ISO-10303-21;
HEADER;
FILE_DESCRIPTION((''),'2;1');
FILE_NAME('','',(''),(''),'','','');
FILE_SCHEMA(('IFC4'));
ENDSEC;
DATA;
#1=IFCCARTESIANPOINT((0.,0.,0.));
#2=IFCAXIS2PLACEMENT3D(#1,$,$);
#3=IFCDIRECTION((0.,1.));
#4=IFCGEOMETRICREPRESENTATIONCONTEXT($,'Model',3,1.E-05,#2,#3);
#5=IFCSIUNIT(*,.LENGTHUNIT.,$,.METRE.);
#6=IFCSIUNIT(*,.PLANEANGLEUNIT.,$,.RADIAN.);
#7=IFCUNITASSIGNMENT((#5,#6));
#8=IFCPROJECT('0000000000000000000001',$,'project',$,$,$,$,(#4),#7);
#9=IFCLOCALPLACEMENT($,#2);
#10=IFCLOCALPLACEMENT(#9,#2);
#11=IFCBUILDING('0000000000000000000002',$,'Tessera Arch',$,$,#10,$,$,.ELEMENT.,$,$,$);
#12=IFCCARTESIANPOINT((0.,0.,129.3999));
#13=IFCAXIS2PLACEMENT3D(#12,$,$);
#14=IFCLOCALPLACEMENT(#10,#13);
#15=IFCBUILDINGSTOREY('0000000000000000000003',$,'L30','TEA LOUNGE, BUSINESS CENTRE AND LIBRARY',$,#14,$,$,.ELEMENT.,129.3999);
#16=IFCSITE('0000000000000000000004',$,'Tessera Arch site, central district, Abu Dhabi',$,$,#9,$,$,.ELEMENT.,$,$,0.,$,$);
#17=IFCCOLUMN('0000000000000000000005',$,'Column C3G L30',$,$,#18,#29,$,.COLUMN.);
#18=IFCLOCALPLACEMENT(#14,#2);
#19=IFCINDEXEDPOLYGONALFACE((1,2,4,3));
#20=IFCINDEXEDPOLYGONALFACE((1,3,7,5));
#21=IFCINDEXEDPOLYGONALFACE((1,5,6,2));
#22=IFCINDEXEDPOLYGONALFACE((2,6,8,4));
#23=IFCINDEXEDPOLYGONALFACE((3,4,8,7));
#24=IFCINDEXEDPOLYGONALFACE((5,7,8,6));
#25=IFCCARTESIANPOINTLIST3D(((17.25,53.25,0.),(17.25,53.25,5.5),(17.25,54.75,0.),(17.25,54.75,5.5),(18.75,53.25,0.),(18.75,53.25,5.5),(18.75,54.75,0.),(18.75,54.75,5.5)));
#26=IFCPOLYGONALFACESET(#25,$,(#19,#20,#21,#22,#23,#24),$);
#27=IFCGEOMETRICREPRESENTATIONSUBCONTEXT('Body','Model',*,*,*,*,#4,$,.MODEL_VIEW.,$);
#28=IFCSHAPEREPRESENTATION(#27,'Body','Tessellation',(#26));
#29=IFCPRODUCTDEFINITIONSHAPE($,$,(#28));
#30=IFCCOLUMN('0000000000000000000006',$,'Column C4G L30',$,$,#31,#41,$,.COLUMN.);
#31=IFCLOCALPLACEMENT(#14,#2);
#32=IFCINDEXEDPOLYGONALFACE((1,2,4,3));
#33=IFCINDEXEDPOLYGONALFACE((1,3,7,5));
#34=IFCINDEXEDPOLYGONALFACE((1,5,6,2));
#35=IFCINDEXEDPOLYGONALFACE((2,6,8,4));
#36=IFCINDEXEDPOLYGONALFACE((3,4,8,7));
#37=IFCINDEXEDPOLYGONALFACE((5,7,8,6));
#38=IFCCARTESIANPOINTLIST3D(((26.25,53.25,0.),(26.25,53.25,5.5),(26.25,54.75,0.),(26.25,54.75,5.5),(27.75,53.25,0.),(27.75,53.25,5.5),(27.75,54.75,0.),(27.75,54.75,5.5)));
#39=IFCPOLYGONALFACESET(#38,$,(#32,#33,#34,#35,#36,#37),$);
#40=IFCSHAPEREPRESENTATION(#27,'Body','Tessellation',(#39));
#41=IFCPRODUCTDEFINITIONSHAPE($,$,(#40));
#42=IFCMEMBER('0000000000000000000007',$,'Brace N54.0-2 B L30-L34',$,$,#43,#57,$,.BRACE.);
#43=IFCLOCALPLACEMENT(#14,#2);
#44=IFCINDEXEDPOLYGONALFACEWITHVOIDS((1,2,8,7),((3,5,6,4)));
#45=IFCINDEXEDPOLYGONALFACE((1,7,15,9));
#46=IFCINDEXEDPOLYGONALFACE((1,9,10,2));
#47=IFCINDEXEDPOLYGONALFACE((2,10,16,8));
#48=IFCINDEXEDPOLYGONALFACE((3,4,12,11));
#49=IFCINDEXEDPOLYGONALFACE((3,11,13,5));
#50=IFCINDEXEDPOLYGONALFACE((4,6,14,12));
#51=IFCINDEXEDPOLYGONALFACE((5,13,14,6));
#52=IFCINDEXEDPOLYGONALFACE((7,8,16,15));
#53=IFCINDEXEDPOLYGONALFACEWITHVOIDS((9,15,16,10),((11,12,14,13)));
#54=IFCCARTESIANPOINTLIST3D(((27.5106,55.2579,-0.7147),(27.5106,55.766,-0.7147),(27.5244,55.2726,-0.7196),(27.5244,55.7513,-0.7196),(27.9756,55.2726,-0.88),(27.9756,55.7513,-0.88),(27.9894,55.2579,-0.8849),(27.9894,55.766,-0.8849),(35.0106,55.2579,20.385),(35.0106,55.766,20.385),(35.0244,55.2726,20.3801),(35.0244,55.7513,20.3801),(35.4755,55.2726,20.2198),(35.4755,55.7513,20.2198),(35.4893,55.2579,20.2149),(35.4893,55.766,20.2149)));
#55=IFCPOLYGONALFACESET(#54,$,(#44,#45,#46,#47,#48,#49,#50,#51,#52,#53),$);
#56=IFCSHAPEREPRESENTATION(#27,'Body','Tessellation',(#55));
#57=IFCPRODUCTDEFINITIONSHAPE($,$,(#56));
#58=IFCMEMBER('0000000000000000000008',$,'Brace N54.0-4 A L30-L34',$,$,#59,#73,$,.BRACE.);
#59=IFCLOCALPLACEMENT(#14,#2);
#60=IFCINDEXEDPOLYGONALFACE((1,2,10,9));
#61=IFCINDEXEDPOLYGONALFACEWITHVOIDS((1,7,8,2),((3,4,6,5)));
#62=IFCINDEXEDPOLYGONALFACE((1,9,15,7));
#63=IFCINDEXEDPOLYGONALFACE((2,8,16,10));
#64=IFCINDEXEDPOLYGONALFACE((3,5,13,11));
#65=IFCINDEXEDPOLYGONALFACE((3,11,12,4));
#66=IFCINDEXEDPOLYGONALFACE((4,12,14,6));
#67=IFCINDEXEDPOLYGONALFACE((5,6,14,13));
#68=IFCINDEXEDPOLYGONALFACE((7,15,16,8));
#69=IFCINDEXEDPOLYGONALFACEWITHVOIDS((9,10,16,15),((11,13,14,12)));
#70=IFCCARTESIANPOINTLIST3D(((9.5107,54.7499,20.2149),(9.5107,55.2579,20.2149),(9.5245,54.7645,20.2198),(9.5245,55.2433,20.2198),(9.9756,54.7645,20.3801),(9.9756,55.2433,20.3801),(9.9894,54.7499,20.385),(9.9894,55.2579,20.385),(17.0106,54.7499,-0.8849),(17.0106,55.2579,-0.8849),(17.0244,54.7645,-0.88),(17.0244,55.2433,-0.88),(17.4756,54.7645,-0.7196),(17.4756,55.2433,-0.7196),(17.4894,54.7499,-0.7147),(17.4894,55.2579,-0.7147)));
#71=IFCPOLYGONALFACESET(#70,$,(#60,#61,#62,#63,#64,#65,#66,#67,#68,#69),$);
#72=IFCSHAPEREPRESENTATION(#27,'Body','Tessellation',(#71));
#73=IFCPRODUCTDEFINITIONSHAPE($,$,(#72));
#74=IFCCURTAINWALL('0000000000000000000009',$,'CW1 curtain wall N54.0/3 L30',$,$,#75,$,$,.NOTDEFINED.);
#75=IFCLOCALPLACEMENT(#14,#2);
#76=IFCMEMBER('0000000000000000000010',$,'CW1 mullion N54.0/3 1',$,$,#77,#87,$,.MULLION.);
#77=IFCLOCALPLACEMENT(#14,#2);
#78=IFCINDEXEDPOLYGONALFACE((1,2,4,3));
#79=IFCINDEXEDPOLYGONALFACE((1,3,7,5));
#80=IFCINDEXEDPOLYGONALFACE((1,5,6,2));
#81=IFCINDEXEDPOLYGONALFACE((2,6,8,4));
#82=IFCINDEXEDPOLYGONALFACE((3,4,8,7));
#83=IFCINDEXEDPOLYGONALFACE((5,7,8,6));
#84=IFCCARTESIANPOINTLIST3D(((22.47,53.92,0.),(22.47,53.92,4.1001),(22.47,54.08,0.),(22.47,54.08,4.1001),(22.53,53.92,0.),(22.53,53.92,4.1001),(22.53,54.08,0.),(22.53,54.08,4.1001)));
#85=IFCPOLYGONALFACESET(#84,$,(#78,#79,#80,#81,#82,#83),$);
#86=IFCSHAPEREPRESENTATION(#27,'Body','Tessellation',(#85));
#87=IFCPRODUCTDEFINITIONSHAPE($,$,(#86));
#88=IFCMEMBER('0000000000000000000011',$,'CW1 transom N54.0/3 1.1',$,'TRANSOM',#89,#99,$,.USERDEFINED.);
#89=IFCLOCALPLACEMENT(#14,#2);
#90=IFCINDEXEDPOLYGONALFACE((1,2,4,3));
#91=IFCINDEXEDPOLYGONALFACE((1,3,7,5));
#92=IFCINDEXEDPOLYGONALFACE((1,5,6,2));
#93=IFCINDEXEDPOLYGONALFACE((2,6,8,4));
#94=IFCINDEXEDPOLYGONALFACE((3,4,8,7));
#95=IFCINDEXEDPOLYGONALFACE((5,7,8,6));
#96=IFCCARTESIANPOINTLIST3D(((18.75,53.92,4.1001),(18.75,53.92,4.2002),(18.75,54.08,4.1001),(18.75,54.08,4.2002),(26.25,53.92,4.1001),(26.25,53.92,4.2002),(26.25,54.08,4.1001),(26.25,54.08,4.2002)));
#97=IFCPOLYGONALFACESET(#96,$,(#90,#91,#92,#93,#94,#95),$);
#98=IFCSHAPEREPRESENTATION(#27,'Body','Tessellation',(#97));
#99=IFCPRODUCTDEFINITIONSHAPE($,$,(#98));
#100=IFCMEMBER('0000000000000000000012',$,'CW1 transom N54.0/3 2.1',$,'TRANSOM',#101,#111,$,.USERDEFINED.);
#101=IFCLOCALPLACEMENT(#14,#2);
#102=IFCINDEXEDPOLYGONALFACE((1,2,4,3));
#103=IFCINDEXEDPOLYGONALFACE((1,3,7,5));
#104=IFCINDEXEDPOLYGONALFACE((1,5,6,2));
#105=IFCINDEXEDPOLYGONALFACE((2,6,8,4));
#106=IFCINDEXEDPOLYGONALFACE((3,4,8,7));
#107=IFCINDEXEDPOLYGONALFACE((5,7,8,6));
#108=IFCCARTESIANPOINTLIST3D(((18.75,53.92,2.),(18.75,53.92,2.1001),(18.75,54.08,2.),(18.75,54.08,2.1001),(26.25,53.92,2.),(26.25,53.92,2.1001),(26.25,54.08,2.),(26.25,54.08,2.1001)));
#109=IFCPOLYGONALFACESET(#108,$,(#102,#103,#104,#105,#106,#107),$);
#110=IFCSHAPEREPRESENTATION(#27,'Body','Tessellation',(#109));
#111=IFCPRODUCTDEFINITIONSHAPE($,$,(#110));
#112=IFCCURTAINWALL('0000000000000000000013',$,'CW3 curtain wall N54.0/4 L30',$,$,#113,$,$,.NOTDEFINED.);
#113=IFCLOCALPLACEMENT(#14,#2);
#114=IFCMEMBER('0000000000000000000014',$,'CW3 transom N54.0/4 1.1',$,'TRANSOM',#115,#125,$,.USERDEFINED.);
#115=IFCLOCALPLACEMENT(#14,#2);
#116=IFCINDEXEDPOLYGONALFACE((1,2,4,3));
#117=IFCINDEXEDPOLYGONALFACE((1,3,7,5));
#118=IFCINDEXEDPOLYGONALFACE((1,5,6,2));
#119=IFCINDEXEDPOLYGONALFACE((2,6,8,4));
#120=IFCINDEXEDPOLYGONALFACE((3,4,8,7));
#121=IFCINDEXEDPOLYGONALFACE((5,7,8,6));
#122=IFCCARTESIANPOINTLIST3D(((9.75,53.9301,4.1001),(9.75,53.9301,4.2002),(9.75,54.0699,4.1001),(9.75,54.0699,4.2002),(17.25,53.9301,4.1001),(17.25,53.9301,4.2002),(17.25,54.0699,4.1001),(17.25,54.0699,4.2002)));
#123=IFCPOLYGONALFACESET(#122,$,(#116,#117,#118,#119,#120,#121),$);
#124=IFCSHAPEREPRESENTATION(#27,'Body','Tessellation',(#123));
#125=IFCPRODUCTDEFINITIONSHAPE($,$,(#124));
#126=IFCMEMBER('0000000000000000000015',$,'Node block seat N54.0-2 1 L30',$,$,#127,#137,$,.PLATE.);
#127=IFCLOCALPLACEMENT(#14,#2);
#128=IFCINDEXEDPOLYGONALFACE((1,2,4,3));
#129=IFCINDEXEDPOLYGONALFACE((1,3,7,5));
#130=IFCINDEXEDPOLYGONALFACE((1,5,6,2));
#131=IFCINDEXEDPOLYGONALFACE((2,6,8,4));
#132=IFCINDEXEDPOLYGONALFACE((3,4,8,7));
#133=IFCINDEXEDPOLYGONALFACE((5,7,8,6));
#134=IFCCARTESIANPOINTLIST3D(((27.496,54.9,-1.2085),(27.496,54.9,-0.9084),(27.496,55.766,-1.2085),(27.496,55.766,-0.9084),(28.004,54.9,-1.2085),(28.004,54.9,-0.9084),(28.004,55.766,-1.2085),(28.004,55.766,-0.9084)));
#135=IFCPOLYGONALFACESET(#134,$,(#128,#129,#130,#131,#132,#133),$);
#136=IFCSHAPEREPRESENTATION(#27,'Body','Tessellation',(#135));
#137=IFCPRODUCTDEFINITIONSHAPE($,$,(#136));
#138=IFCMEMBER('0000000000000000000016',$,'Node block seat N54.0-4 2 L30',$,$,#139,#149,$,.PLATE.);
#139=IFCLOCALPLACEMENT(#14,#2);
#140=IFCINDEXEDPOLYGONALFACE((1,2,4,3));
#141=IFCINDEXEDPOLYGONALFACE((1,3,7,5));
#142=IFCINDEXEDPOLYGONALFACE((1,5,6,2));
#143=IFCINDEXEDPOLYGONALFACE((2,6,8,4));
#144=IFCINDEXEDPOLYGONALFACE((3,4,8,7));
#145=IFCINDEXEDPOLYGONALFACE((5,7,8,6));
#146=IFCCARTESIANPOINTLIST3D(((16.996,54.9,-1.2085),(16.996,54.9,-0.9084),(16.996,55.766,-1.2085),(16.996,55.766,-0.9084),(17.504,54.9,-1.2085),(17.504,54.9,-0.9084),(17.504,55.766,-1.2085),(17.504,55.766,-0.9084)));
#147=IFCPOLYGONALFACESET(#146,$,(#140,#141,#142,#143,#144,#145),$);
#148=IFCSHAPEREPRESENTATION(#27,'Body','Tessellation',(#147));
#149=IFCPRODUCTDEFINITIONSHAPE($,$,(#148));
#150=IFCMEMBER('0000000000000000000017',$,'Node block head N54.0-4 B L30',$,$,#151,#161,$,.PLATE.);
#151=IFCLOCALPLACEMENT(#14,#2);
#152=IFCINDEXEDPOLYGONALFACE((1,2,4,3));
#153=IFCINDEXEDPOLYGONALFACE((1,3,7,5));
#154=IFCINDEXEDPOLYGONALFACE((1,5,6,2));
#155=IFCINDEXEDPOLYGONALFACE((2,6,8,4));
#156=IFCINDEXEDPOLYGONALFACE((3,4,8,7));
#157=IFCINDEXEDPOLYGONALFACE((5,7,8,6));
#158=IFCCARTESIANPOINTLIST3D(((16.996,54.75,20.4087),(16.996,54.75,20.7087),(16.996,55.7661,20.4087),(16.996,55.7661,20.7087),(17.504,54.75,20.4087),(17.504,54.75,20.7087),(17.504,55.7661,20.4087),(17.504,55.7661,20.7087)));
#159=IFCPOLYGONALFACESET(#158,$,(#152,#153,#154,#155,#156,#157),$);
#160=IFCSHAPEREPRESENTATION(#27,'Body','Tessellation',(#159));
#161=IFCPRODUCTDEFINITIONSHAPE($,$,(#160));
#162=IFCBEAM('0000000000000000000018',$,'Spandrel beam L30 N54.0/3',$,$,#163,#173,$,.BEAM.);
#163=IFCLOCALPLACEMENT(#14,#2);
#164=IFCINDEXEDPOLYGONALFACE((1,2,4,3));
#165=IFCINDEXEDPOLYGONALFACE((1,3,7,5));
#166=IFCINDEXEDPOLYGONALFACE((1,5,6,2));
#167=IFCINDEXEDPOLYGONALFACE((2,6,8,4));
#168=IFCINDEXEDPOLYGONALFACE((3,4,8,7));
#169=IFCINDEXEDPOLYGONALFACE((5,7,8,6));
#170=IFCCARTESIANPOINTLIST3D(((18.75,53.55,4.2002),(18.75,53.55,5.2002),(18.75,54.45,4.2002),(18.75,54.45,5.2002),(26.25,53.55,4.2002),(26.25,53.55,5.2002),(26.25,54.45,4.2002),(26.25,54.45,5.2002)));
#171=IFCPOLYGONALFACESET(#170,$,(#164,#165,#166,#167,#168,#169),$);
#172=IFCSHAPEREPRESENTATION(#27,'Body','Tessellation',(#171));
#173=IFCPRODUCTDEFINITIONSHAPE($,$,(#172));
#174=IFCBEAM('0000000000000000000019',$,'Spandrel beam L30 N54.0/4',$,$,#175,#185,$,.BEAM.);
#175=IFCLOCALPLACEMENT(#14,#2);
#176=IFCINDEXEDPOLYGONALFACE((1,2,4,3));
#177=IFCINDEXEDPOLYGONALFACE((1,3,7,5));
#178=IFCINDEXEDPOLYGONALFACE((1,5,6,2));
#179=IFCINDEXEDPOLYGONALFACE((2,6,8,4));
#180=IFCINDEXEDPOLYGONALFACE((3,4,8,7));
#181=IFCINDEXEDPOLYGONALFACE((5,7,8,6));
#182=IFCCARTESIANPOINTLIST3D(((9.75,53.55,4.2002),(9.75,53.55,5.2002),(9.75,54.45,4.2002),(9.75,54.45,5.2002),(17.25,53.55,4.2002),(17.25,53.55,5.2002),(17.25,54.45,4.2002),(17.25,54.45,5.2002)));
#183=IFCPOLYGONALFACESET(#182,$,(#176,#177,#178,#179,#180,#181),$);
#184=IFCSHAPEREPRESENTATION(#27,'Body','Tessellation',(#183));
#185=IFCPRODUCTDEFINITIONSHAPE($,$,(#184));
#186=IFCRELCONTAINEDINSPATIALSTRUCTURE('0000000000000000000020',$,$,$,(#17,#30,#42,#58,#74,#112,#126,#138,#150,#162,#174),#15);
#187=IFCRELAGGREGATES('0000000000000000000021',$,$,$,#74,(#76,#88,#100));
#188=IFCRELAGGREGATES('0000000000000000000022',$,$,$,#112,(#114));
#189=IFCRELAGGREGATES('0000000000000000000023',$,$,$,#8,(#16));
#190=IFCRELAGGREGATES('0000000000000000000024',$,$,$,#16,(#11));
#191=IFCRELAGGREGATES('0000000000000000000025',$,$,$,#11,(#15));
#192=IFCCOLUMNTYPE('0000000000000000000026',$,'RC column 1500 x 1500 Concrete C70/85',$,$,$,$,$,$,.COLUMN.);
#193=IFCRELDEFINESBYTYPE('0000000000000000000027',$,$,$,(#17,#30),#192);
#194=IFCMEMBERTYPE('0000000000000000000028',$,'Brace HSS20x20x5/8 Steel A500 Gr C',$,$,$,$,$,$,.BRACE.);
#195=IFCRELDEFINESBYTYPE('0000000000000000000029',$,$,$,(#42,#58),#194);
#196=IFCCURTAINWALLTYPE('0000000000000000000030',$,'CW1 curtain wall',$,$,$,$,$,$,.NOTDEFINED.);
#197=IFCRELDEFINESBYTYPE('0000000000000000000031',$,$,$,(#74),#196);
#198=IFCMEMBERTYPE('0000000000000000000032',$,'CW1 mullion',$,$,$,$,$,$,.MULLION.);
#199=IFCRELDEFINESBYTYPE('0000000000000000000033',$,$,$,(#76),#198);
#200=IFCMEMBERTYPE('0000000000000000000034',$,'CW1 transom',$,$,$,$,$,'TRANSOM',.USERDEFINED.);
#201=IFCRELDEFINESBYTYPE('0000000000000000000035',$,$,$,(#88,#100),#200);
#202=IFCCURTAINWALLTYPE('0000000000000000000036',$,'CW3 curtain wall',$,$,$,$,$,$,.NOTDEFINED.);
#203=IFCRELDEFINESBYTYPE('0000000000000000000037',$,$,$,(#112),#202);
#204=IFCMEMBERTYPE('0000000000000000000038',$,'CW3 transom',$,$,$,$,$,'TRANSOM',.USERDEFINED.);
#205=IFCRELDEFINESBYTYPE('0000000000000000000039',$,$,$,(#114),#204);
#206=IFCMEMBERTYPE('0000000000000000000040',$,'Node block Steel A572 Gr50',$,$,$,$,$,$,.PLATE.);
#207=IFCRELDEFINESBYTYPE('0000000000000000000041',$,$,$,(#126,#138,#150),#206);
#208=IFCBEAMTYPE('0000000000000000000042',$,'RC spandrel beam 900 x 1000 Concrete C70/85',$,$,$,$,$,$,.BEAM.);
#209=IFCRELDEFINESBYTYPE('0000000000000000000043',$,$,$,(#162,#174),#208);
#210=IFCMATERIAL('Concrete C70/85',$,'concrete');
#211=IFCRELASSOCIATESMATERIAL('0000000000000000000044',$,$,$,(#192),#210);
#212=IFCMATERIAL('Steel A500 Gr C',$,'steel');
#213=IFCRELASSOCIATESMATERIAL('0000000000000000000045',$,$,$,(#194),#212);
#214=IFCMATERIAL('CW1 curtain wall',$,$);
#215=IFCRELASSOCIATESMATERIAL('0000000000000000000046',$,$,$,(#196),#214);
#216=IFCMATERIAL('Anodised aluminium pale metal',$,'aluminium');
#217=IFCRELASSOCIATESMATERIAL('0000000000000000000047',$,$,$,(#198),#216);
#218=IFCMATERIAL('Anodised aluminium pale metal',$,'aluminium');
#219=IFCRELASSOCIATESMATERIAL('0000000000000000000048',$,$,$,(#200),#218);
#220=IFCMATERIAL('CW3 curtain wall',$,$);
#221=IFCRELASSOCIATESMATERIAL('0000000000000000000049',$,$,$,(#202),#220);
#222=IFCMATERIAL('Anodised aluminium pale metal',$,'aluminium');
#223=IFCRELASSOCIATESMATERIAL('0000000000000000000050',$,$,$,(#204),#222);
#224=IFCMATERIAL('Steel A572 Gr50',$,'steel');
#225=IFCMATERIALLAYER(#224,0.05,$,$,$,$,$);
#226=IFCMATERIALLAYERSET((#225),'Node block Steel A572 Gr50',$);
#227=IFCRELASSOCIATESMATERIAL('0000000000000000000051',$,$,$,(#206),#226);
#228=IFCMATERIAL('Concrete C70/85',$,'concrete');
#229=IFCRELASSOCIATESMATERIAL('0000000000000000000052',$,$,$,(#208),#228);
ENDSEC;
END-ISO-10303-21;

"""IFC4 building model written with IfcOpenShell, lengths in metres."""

from ifc_helpers import new_model, si_unit, direction, frame, origin, origin_2d, place, context, subcontext, project, spatial, rectangle, hollow_rectangle, extrude, material, layer, layer_set, material_profile, profile_set, type_object, element, aggregate, save


model = new_model("IFC4")

# Units and contexts
model_context = context("Model", 3, precision=1e-05, world=origin(), true_north=direction((0.0, 1.0)))
body_context = subcontext(model_context, "Body", "Model", "MODEL_VIEW")
ifc_project = project(units=[si_unit("LENGTHUNIT", "METRE"), si_unit("PLANEANGLEUNIT", "RADIAN")], contexts=[model_context])

# Site, building, storey
site_placement = place(None, origin())
site = spatial("IfcSite", under=ifc_project, at=site_placement, Name="Tessera Arch site, central district, Abu Dhabi", CompositionType="ELEMENT", RefElevation=0.0)
building_placement = place(site_placement, origin())
building = spatial("IfcBuilding", under=site, at=building_placement, Name="Tessera Arch", CompositionType="ELEMENT")
storey_placement = place(building_placement, frame((0.0, 0.0, 129.3999)))
storey = spatial("IfcBuildingStorey", under=building, at=storey_placement, Name="L30", Description="TEA LOUNGE, BUSINESS CENTRE AND LIBRARY", CompositionType="ELEMENT", Elevation=129.3999)

# Columns
ifc_material_1 = material(Name="Concrete C70/85", Category="concrete")
ifc_material_profile_1 = material_profile(ifc_material_1, rectangle(XDim=1.5, YDim=1.5, at=origin_2d()), Name="RC column 1500 x 1500 Concrete C70/85")
ifc_profile_set_1 = profile_set([ifc_material_profile_1], Name="Concrete C70/85")
column_type = type_object("IfcColumnType", Name="RC column 1500 x 1500 Concrete C70/85", PredefinedType="COLUMN", material=ifc_profile_set_1)
for number, where, z_axis, x_axis, name in (
    (1, (18.0, 54.0, 0.0), (0.0, 0.0, 1.0), (1.0, 0.0, 0.0), "Column C3G L30"),
    (2, (27.0, 54.0, 0.0), (0.0, 0.0, 1.0), (1.0, 0.0, 0.0), "Column C4G L30"),
):
    element("IfcColumn", number, at=place(storey_placement, frame(where, z_axis=z_axis, x_axis=x_axis)), inside=storey, type_object=column_type, Name=name, PredefinedType="COLUMN", context=body_context, shape_type="SweptSolid", body=[
        extrude(rectangle(XDim=1.5, YDim=1.5, at=origin_2d()), origin(), (0.0, 0.0, 1.0), 5.5),
    ])

# Members
ifc_material_2 = material(Name="Steel A500 Gr C", Category="steel")
ifc_material_profile_2 = material_profile(ifc_material_2, hollow_rectangle(XDim=0.5081, YDim=0.5081, WallThickness=0.0146, at=origin_2d()), Name="HSS20x20x5/8")
ifc_profile_set_2 = profile_set([ifc_material_profile_2], Name="Steel A500 Gr C")
member_type_1 = type_object("IfcMemberType", Name="Brace HSS20x20x5/8 Steel A500 Gr C", PredefinedType="BRACE", material=ifc_profile_set_2)
for number, where, z_axis, x_axis, name in (
    (3, (27.75, 55.512, -0.7998), (0.334924, 0.0, 0.942245), (0.0, 1.0, 0.0), "Brace N54.0-2 B L30-L34"),
    (4, (17.25, 55.0039, -0.7998), (-0.334924, 0.0, 0.942245), (0.0, -1.0, 0.0), "Brace N54.0-4 A L30-L34"),
):
    element("IfcMember", number, at=place(storey_placement, frame(where, z_axis=z_axis, x_axis=x_axis)), inside=storey, type_object=member_type_1, Name=name, PredefinedType="BRACE", context=body_context, shape_type="SweptSolid", body=[
        extrude(hollow_rectangle(XDim=0.5081, YDim=0.5081, WallThickness=0.0146, at=origin_2d()), origin(), (0.0, 0.0, 1.0), 22.3931),
    ])

# Curtain wall, members
ifc_material_3 = material(Name="CW1 curtain wall")
curtain_wall_type_1 = type_object("IfcCurtainWallType", Name="CW1 curtain wall", PredefinedType="NOTDEFINED", material=ifc_material_3)
curtain_wall_1_placement = place(storey_placement, origin())
curtain_wall_1 = element("IfcCurtainWall", 5, at=curtain_wall_1_placement, inside=storey, type_object=curtain_wall_type_1, Name="CW1 curtain wall N54.0/3 L30", PredefinedType="NOTDEFINED")
ifc_material_4 = material(Name="Anodised aluminium pale metal", Category="aluminium")
ifc_material_profile_3 = material_profile(ifc_material_4, rectangle(XDim=0.1599, YDim=0.0601, at=origin_2d()), Name="AL 60x160")
ifc_profile_set_3 = profile_set([ifc_material_profile_3], Name="Anodised aluminium pale metal")
member_type_2 = type_object("IfcMemberType", Name="CW1 mullion", PredefinedType="MULLION", material=ifc_profile_set_3)
member_1_placement = place(storey_placement, frame((22.5, 54.0, 0.0), z_axis=(0.0, 0.0, 1.0), x_axis=(0.0, -1.0, 0.0)))
member_1 = element("IfcMember", 6, at=member_1_placement, type_object=member_type_2, Name="CW1 mullion N54.0/3 1", PredefinedType="MULLION", context=body_context, shape_type="SweptSolid", body=[
    extrude(rectangle(XDim=0.1599, YDim=0.0601, at=origin_2d()), origin(), (0.0, 0.0, 1.0), 4.1001),
])
ifc_material_5 = material(Name="Anodised aluminium pale metal", Category="aluminium")
ifc_material_profile_4 = material_profile(ifc_material_5, rectangle(XDim=0.1599, YDim=0.1001, at=origin_2d()), Name="AL 160x100")
ifc_profile_set_4 = profile_set([ifc_material_profile_4], Name="Anodised aluminium pale metal")
member_type_3 = type_object("IfcMemberType", Name="CW1 transom", ElementType="TRANSOM", PredefinedType="USERDEFINED", material=ifc_profile_set_4)
member_2_placement = place(storey_placement, frame((26.25, 54.0, 4.1501), z_axis=(-1.0, 0.0, 0.0), x_axis=(0.0, -1.0, 0.0)))
member_2 = element("IfcMember", 7, at=member_2_placement, type_object=member_type_3, Name="CW1 transom N54.0/3 1.1", ObjectType="TRANSOM", PredefinedType="USERDEFINED", context=body_context, shape_type="SweptSolid", body=[
    extrude(rectangle(XDim=0.1599, YDim=0.1001, at=origin_2d()), origin(), (0.0, 0.0, 1.0), 7.5),
])
member_3_placement = place(storey_placement, frame((26.25, 54.0, 2.05), z_axis=(-1.0, 0.0, 0.0), x_axis=(0.0, -1.0, 0.0)))
member_3 = element("IfcMember", 8, at=member_3_placement, type_object=member_type_3, Name="CW1 transom N54.0/3 2.1", ObjectType="TRANSOM", PredefinedType="USERDEFINED", context=body_context, shape_type="SweptSolid", body=[
    extrude(rectangle(XDim=0.1599, YDim=0.1001, at=origin_2d()), origin(), (0.0, 0.0, 1.0), 7.5),
])

# Curtain wall, member
ifc_material_6 = material(Name="CW3 curtain wall")
curtain_wall_type_2 = type_object("IfcCurtainWallType", Name="CW3 curtain wall", PredefinedType="NOTDEFINED", material=ifc_material_6)
curtain_wall_2_placement = place(storey_placement, origin())
curtain_wall_2 = element("IfcCurtainWall", 9, at=curtain_wall_2_placement, inside=storey, type_object=curtain_wall_type_2, Name="CW3 curtain wall N54.0/4 L30", PredefinedType="NOTDEFINED")
ifc_material_7 = material(Name="Anodised aluminium pale metal", Category="aluminium")
ifc_material_profile_5 = material_profile(ifc_material_7, rectangle(XDim=0.1399, YDim=0.1001, at=origin_2d()), Name="AL 140x100")
ifc_profile_set_5 = profile_set([ifc_material_profile_5], Name="Anodised aluminium pale metal")
member_type_4 = type_object("IfcMemberType", Name="CW3 transom", ElementType="TRANSOM", PredefinedType="USERDEFINED", material=ifc_profile_set_5)
member_4_placement = place(storey_placement, frame((17.25, 54.0, 4.1501), z_axis=(-1.0, 0.0, 0.0), x_axis=(0.0, -1.0, 0.0)))
member_4 = element("IfcMember", 10, at=member_4_placement, type_object=member_type_4, Name="CW3 transom N54.0/4 1.1", ObjectType="TRANSOM", PredefinedType="USERDEFINED", context=body_context, shape_type="SweptSolid", body=[
    extrude(rectangle(XDim=0.1399, YDim=0.1001, at=origin_2d()), origin(), (0.0, 0.0, 1.0), 7.5),
])

# Members
ifc_material_8 = material(Name="Steel A572 Gr50", Category="steel")
ifc_layer_1 = layer(ifc_material_8, 0.05)
ifc_layer_set_1 = layer_set([ifc_layer_1], Name="Node block Steel A572 Gr50")
member_type_5 = type_object("IfcMemberType", Name="Node block Steel A572 Gr50", PredefinedType="PLATE", material=ifc_layer_set_1)
for number, where, z_axis, x_axis, name in (
    (11, (27.75, 55.333, -1.2085), (0.0, 0.0, 1.0), (-1.0, 0.0, 0.0), "Node block seat N54.0-2 1 L30"),
    (12, (17.25, 55.333, -1.2085), (0.0, 0.0, 1.0), (-1.0, 0.0, 0.0), "Node block seat N54.0-4 2 L30"),
):
    element("IfcMember", number, at=place(storey_placement, frame(where, z_axis=z_axis, x_axis=x_axis)), inside=storey, type_object=member_type_5, Name=name, PredefinedType="PLATE", context=body_context, shape_type="SweptSolid", body=[
        extrude(rectangle(XDim=0.5081, YDim=0.866, at=origin_2d()), origin(), (0.0, 0.0, 1.0), 0.3),
    ])
member_5_placement = place(storey_placement, frame((17.25, 55.2581, 20.4087), z_axis=(0.0, 0.0, 1.0), x_axis=(-1.0, 0.0, 0.0)))
element("IfcMember", 13, at=member_5_placement, inside=storey, type_object=member_type_5, Name="Node block head N54.0-4 B L30", PredefinedType="PLATE", context=body_context, shape_type="SweptSolid", body=[
    extrude(rectangle(XDim=0.5081, YDim=1.0161, at=origin_2d()), origin(), (0.0, 0.0, 1.0), 0.3),
])

# Beams
ifc_material_9 = material(Name="Concrete C70/85", Category="concrete")
ifc_material_profile_6 = material_profile(ifc_material_9, rectangle(XDim=0.8999, YDim=1.0, at=origin_2d()), Name="RC spandrel beam 900 x 1000 Concrete C70/85")
ifc_profile_set_6 = profile_set([ifc_material_profile_6], Name="Concrete C70/85")
beam_type = type_object("IfcBeamType", Name="RC spandrel beam 900 x 1000 Concrete C70/85", PredefinedType="BEAM", material=ifc_profile_set_6)
for number, where, z_axis, x_axis, name in (
    (14, (26.25, 54.0, 4.7002), (-1.0, 0.0, 0.0), (0.0, -1.0, 0.0), "Spandrel beam L30 N54.0/3"),
    (15, (17.25, 54.0, 4.7002), (-1.0, 0.0, 0.0), (0.0, -1.0, 0.0), "Spandrel beam L30 N54.0/4"),
):
    element("IfcBeam", number, at=place(storey_placement, frame(where, z_axis=z_axis, x_axis=x_axis)), inside=storey, type_object=beam_type, Name=name, PredefinedType="BEAM", context=body_context, shape_type="SweptSolid", body=[
        extrude(rectangle(XDim=0.8999, YDim=1.0, at=origin_2d()), origin(), (0.0, 0.0, 1.0), 7.5),
    ])

aggregate(curtain_wall_1, [member_1, member_2, member_3])

aggregate(curtain_wall_2, [member_4])

save(model, "model.ifc")
